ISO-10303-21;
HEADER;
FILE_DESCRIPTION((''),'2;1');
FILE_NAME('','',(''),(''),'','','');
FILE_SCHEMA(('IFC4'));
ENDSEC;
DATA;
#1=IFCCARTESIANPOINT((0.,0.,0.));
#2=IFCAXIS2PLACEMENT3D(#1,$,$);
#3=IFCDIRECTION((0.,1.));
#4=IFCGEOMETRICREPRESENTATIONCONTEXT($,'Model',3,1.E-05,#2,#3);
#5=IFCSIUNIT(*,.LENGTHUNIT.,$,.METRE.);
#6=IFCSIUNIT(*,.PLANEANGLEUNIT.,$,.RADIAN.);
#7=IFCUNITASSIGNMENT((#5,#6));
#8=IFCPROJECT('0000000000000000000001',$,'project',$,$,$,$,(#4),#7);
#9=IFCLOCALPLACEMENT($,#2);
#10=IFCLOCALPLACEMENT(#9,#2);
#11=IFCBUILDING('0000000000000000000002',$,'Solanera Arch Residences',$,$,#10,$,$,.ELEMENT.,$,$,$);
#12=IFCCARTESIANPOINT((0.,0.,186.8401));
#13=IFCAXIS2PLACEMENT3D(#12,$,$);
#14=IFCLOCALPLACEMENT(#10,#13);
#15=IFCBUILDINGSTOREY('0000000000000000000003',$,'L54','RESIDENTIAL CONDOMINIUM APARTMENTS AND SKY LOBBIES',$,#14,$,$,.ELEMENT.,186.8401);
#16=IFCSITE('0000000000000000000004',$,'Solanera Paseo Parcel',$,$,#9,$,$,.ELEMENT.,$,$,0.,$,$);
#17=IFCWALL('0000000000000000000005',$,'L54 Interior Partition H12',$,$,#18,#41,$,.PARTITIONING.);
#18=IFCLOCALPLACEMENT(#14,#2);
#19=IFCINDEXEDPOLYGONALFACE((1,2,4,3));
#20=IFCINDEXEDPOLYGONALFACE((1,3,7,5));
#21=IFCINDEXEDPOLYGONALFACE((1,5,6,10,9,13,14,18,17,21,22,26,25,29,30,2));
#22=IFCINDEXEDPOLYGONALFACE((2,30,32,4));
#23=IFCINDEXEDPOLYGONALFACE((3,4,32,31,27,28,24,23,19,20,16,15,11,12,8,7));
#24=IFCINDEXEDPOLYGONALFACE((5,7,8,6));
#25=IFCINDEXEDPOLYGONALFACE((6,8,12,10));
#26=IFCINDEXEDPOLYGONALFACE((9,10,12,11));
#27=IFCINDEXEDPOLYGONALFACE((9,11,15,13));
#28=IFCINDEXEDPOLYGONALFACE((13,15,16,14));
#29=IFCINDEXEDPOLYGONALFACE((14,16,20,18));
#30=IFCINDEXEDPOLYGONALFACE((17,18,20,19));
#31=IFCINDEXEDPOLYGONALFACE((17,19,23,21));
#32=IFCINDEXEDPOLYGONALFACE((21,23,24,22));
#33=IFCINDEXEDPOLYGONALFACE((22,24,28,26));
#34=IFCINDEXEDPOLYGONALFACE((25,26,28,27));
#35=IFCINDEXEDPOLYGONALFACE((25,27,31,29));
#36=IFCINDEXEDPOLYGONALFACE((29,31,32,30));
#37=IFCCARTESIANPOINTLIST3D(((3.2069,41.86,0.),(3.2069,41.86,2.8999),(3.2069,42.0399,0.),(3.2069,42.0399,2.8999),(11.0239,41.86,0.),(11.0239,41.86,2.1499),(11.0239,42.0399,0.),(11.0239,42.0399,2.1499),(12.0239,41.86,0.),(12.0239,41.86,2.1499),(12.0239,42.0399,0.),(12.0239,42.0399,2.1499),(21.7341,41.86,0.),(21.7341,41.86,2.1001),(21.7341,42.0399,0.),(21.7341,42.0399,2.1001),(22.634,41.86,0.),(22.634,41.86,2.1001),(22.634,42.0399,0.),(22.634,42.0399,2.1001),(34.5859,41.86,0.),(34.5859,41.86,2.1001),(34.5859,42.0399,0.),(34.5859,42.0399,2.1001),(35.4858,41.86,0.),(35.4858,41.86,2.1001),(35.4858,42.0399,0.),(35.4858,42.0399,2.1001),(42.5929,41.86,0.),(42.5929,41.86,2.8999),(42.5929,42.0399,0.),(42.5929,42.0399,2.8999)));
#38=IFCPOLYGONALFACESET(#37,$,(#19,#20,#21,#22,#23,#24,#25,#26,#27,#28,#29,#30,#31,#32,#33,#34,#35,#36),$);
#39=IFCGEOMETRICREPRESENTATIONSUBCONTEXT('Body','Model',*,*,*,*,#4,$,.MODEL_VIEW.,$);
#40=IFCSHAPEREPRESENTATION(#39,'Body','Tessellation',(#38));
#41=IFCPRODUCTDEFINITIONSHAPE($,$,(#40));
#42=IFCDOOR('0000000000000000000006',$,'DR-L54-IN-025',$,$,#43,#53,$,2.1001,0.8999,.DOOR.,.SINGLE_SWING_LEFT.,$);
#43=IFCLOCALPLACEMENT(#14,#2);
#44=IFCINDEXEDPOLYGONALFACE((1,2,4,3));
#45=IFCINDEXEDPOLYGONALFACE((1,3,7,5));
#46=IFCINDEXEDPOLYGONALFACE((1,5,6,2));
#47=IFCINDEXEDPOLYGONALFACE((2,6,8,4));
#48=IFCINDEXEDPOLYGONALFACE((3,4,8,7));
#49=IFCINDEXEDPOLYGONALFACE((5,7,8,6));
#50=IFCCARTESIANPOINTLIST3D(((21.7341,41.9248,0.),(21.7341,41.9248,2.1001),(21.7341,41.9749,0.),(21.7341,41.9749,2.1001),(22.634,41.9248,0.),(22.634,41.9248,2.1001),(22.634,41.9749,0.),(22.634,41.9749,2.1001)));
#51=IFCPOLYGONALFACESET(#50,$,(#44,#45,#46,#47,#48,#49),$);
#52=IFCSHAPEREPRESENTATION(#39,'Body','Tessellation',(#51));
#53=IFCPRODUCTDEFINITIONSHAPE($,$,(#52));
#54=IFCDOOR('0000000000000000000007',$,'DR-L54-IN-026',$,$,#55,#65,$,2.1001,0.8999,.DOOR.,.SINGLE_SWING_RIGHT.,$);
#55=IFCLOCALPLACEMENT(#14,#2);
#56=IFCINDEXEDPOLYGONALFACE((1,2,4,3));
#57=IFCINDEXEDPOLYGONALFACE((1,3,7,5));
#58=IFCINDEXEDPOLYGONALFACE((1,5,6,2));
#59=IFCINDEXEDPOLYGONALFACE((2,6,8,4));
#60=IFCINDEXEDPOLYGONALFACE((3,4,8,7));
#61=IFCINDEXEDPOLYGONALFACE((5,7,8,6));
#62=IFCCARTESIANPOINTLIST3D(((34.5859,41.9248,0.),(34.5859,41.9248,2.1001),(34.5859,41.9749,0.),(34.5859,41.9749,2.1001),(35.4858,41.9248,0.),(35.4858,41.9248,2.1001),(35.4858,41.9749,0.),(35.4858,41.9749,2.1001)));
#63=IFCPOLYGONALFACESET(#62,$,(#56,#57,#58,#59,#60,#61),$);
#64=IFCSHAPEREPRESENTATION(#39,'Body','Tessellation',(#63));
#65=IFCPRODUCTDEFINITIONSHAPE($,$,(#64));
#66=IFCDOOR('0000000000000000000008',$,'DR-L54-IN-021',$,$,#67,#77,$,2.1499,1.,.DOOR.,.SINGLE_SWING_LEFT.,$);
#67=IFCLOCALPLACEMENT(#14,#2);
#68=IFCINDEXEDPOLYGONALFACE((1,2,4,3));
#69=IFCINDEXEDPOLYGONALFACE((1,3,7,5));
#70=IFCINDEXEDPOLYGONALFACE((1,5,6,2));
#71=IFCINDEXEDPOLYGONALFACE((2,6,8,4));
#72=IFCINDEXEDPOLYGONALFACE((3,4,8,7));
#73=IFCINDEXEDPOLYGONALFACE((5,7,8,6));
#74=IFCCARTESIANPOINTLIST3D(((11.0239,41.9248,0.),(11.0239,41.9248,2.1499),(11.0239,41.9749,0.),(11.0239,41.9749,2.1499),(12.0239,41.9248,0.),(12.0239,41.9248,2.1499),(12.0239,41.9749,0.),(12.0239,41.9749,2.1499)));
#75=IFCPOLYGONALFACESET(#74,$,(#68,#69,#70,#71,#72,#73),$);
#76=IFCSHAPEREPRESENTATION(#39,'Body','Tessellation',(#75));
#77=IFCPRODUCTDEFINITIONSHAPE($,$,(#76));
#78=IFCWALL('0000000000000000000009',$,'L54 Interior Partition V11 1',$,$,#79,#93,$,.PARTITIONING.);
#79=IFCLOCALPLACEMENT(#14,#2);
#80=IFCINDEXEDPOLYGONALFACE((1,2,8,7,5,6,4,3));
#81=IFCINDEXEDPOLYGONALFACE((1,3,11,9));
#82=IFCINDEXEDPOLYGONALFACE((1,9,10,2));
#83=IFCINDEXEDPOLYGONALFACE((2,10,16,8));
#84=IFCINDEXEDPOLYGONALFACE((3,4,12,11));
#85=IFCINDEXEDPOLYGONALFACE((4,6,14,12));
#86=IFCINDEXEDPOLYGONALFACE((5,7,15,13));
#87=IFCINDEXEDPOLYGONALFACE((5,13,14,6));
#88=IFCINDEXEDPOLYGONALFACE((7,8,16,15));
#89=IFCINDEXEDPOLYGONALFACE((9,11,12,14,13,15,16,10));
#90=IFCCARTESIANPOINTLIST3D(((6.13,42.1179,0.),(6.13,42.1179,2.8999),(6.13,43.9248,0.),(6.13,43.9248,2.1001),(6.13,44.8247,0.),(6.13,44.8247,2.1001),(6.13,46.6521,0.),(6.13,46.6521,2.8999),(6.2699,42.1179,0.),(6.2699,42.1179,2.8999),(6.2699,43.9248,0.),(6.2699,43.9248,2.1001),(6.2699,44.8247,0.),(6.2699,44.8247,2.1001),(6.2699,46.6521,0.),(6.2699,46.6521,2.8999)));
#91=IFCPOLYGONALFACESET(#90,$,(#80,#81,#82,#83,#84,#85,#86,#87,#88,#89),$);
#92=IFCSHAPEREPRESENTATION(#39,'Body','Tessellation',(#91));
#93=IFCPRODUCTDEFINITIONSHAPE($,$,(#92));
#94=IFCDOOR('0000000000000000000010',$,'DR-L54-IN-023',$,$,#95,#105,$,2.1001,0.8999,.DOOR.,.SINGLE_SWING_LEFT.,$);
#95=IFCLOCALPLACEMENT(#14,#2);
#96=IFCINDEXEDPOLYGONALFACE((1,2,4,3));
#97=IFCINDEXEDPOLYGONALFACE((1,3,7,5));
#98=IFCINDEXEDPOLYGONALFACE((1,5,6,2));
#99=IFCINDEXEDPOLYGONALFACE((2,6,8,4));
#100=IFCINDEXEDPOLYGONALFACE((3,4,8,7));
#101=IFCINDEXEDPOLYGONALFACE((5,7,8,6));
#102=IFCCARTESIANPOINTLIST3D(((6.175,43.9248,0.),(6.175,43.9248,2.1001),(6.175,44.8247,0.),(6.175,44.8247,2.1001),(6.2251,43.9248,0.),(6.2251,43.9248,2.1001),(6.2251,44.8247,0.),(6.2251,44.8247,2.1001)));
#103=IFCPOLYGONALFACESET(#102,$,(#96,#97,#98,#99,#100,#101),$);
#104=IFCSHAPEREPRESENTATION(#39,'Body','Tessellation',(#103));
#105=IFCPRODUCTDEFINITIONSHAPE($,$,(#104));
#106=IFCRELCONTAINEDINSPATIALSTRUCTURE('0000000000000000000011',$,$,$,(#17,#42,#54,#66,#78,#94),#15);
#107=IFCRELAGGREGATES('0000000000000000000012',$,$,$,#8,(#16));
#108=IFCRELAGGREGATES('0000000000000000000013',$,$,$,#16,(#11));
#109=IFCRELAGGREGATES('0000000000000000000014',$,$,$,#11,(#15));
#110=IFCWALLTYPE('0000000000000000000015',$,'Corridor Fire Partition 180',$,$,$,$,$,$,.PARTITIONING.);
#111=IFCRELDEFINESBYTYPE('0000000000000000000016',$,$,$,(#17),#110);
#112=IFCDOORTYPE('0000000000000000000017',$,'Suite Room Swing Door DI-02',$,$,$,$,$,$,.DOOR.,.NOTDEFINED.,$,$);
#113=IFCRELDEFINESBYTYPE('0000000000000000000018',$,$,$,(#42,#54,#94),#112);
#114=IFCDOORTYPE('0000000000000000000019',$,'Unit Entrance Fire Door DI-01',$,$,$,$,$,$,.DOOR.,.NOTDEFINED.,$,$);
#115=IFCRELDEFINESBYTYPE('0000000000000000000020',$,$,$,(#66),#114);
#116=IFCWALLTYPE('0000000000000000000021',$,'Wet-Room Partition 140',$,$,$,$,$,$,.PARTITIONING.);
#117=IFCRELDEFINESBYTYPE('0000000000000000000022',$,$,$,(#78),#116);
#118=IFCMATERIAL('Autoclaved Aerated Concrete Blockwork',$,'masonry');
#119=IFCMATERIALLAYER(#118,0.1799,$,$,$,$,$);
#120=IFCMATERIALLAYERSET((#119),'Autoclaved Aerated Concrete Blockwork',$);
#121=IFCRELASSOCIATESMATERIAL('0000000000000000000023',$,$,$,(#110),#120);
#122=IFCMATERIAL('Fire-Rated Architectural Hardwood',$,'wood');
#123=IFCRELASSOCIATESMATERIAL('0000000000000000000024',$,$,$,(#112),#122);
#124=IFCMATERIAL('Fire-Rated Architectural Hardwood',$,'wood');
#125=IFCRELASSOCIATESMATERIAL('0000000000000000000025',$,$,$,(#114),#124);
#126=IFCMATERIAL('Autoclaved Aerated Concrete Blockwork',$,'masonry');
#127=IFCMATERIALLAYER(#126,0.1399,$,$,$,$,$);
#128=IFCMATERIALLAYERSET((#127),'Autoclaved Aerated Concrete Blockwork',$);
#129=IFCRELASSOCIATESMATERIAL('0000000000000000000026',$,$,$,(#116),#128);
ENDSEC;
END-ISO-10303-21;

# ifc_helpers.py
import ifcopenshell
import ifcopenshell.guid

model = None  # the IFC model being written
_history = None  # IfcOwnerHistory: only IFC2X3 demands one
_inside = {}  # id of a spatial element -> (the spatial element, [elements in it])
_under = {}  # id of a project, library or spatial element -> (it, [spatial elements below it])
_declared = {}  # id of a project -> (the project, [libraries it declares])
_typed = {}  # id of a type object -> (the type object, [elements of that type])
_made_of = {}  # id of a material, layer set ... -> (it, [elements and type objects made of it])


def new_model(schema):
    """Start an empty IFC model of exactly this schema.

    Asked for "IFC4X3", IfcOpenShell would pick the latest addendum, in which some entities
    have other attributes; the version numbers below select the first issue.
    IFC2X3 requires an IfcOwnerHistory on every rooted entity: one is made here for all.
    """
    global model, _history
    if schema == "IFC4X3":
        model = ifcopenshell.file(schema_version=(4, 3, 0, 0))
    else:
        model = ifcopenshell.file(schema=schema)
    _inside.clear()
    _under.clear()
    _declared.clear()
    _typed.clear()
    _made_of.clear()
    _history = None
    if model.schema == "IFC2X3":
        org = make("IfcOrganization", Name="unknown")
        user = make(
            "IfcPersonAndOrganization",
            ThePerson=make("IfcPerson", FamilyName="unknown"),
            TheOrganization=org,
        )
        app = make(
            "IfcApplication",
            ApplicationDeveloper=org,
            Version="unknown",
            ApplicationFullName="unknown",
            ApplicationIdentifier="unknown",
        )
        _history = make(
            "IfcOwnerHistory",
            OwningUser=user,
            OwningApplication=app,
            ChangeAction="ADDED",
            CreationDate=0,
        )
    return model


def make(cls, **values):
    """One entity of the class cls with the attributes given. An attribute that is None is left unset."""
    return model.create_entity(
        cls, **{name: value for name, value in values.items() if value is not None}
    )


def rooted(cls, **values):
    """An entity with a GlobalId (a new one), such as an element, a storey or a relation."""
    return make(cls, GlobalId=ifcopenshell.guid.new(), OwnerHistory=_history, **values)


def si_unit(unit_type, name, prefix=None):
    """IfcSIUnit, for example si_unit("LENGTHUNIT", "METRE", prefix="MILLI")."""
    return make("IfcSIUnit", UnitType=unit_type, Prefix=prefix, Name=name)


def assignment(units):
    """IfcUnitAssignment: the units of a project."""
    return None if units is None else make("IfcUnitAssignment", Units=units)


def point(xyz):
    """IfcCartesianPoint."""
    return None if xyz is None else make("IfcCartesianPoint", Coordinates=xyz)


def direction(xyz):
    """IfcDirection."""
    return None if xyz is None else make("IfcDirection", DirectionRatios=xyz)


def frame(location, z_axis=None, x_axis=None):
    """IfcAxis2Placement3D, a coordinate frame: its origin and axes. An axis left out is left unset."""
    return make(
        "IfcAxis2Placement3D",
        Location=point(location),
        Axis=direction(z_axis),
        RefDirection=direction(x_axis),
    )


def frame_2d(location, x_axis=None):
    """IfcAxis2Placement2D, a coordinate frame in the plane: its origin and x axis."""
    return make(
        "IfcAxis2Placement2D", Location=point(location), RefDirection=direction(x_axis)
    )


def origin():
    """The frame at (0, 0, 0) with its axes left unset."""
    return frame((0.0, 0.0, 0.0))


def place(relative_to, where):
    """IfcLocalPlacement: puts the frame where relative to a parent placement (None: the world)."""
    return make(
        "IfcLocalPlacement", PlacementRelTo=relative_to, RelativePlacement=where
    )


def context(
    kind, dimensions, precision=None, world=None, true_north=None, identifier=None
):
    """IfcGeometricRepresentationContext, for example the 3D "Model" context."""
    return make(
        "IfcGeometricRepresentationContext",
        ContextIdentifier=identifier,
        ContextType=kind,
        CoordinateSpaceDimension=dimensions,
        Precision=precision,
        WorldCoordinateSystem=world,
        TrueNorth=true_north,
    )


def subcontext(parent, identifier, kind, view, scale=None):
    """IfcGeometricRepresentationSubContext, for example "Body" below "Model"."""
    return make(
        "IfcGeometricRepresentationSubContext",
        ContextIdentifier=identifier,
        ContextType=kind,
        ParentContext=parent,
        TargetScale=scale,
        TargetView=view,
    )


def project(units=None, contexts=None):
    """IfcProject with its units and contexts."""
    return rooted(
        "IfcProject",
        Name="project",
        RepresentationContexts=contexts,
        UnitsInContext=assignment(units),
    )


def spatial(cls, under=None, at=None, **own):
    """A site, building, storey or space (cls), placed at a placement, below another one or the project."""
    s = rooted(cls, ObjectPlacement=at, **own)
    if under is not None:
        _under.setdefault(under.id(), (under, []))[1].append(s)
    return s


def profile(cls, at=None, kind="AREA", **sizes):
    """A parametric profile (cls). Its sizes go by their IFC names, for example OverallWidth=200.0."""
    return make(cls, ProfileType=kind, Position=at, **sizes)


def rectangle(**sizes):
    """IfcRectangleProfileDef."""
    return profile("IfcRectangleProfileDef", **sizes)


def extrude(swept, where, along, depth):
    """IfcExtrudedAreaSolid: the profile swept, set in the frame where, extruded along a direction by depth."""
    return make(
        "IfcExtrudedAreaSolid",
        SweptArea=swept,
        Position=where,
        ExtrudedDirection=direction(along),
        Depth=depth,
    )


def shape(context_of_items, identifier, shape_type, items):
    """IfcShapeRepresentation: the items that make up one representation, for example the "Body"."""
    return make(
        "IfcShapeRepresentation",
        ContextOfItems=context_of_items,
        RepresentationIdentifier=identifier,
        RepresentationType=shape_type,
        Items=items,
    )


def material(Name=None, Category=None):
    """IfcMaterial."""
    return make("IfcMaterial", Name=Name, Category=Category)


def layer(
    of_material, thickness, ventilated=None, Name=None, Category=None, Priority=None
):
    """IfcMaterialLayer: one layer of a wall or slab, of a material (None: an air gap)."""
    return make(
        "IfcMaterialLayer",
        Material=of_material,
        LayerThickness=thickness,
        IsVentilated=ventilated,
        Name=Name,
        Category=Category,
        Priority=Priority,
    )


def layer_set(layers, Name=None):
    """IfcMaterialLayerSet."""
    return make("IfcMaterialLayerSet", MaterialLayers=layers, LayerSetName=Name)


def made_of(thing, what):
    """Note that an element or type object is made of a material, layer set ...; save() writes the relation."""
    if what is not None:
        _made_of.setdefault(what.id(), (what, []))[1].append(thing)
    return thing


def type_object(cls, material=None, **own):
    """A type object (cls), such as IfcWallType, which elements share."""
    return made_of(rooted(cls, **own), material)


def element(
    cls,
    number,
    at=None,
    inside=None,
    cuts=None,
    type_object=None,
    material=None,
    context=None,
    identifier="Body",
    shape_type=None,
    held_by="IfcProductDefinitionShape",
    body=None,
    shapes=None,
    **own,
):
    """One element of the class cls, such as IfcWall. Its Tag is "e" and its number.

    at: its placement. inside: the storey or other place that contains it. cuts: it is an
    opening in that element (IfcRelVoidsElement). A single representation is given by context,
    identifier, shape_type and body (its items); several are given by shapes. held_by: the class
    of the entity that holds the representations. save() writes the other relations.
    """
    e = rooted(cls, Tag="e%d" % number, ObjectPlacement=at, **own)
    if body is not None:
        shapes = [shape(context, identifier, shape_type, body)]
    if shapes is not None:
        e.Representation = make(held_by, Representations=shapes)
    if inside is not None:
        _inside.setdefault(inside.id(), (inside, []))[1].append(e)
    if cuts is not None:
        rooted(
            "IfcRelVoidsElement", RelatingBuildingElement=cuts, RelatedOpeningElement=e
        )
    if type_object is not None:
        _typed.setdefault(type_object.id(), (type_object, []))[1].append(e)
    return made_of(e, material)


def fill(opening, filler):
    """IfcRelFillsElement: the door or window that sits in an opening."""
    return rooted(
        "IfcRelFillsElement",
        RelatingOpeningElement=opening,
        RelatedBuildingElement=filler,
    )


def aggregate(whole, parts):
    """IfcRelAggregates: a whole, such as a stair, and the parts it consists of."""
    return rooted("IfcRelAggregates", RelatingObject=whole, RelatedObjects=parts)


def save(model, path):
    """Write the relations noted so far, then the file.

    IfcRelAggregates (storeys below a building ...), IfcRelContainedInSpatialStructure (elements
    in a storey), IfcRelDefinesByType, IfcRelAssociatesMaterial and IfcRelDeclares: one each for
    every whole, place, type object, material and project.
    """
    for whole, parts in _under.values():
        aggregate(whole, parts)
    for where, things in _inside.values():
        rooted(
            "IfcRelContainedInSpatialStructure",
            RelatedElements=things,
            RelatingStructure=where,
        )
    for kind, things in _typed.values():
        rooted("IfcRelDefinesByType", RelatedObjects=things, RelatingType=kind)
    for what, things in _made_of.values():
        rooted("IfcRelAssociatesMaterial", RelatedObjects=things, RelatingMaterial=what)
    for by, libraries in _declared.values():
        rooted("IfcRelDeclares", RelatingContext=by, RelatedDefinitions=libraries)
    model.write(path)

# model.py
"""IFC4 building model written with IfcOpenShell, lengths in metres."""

from ifc_helpers import new_model, si_unit, direction, frame, frame_2d, origin, place, context, subcontext, project, spatial, rectangle, extrude, material, layer, layer_set, type_object, element, fill, save


model = new_model("IFC4")

# Units and contexts
model_context = context("Model", 3, precision=1e-05, world=origin(), true_north=direction((0.0, 1.0)))
body_context = subcontext(model_context, "Body", "Model", "MODEL_VIEW")
ifc_project = project(units=[si_unit("LENGTHUNIT", "METRE"), si_unit("PLANEANGLEUNIT", "RADIAN")], contexts=[model_context])

# Site, building, storey
site_placement = place(None, origin())
site = spatial("IfcSite", under=ifc_project, at=site_placement, Name="Solanera Paseo Parcel", CompositionType="ELEMENT", RefElevation=0.0)
building_placement = place(site_placement, origin())
building = spatial("IfcBuilding", under=site, at=building_placement, Name="Solanera Arch Residences", CompositionType="ELEMENT")
storey_placement = place(building_placement, frame((0.0, 0.0, 186.8401)))
storey = spatial("IfcBuildingStorey", under=building, at=storey_placement, Name="L54", Description="RESIDENTIAL CONDOMINIUM APARTMENTS AND SKY LOBBIES", CompositionType="ELEMENT", Elevation=186.8401)

# Wall, openings, doors
ifc_material_1 = material(Name="Autoclaved Aerated Concrete Blockwork", Category="masonry")
ifc_layer_1 = layer(ifc_material_1, 0.1799)
ifc_layer_set_1 = layer_set([ifc_layer_1], Name="Autoclaved Aerated Concrete Blockwork")
wall_type_1 = type_object("IfcWallType", Name="Corridor Fire Partition 180", PredefinedType="PARTITIONING", material=ifc_layer_set_1)
ifc_material_2 = material(Name="Fire-Rated Architectural Hardwood", Category="wood")
door_type_1 = type_object("IfcDoorType", Name="Suite Room Swing Door DI-02", OperationType="NOTDEFINED", PredefinedType="DOOR", material=ifc_material_2)
wall_1_placement = place(storey_placement, frame((3.207, 41.95, 0.0), z_axis=(0.0, 0.0, 1.0), x_axis=(1.0, 0.0, 0.0)))
wall_1 = element("IfcWall", 1, at=wall_1_placement, inside=storey, type_object=wall_type_1, Name="L54 Interior Partition H12", PredefinedType="PARTITIONING", context=body_context, shape_type="SweptSolid", body=[
    extrude(rectangle(XDim=39.386, YDim=0.1799, at=frame_2d((19.6929, 0.0))), origin(), (0.0, 0.0, 1.0), 2.8999),
])
opening_1_placement = place(wall_1_placement, frame((7.8169, 0.0, 0.0)))
opening_1 = element("IfcOpeningElement", 2, at=opening_1_placement, cuts=wall_1, PredefinedType="OPENING", context=body_context, shape_type="SweptSolid", body=[
    extrude(rectangle(XDim=1.0, YDim=2.1499, at=frame_2d((0.5, 1.075))), frame((0.0, 0.1001, 0.0), z_axis=(0.0, -1.0, 0.0), x_axis=(1.0, 0.0, 0.0)), (0.0, 0.0, 1.0), 0.1999),
])
opening_2_placement = place(wall_1_placement, frame((18.5271, 0.0, 0.0)))
opening_2 = element("IfcOpeningElement", 3, at=opening_2_placement, cuts=wall_1, PredefinedType="OPENING", context=body_context, shape_type="SweptSolid", body=[
    extrude(rectangle(XDim=0.8999, YDim=2.1001, at=frame_2d((0.45, 1.05))), frame((0.0, 0.1001, 0.0), z_axis=(0.0, -1.0, 0.0), x_axis=(1.0, 0.0, 0.0)), (0.0, 0.0, 1.0), 0.1999),
])
opening_3_placement = place(wall_1_placement, frame((31.3789, 0.0, 0.0)))
opening_3 = element("IfcOpeningElement", 4, at=opening_3_placement, cuts=wall_1, PredefinedType="OPENING", context=body_context, shape_type="SweptSolid", body=[
    extrude(rectangle(XDim=0.8999, YDim=2.1001, at=frame_2d((0.45, 1.05))), frame((0.0, 0.1001, 0.0), z_axis=(0.0, -1.0, 0.0), x_axis=(1.0, 0.0, 0.0)), (0.0, 0.0, 1.0), 0.1999),
])
door_1_placement = place(opening_2_placement, origin())
door_1 = element("IfcDoor", 5, at=door_1_placement, inside=storey, type_object=door_type_1, Name="DR-L54-IN-025", OperationType="SINGLE_SWING_LEFT", OverallHeight=2.1001, OverallWidth=0.8999, PredefinedType="DOOR", context=body_context, shape_type="SweptSolid", body=[
    extrude(rectangle(XDim=0.8999, YDim=2.1001, at=frame_2d((0.45, 1.05))), frame((0.0, 0.0249, 0.0), z_axis=(0.0, -1.0, 0.0), x_axis=(1.0, 0.0, 0.0)), (0.0, 0.0, 1.0), 0.05),
])
fill(opening_2, door_1)
door_2_placement = place(opening_3_placement, origin())
door_2 = element("IfcDoor", 6, at=door_2_placement, inside=storey, type_object=door_type_1, Name="DR-L54-IN-026", OperationType="SINGLE_SWING_RIGHT", OverallHeight=2.1001, OverallWidth=0.8999, PredefinedType="DOOR", context=body_context, shape_type="SweptSolid", body=[
    extrude(rectangle(XDim=0.8999, YDim=2.1001, at=frame_2d((0.45, 1.05))), frame((0.0, 0.0249, 0.0), z_axis=(0.0, -1.0, 0.0), x_axis=(1.0, 0.0, 0.0)), (0.0, 0.0, 1.0), 0.05),
])
fill(opening_3, door_2)
ifc_material_3 = material(Name="Fire-Rated Architectural Hardwood", Category="wood")
door_type_2 = type_object("IfcDoorType", Name="Unit Entrance Fire Door DI-01", OperationType="NOTDEFINED", PredefinedType="DOOR", material=ifc_material_3)
door_3_placement = place(opening_1_placement, origin())
door_3 = element("IfcDoor", 7, at=door_3_placement, inside=storey, type_object=door_type_2, Name="DR-L54-IN-021", OperationType="SINGLE_SWING_LEFT", OverallHeight=2.1499, OverallWidth=1.0, PredefinedType="DOOR", context=body_context, shape_type="SweptSolid", body=[
    extrude(rectangle(XDim=1.0, YDim=2.1499, at=frame_2d((0.5, 1.075))), frame((0.0, 0.0249, 0.0), z_axis=(0.0, -1.0, 0.0), x_axis=(1.0, 0.0, 0.0)), (0.0, 0.0, 1.0), 0.05),
])
fill(opening_1, door_3)

# Wall, opening, door
ifc_material_4 = material(Name="Autoclaved Aerated Concrete Blockwork", Category="masonry")
ifc_layer_2 = layer(ifc_material_4, 0.1399)
ifc_layer_set_2 = layer_set([ifc_layer_2], Name="Autoclaved Aerated Concrete Blockwork")
wall_type_2 = type_object("IfcWallType", Name="Wet-Room Partition 140", PredefinedType="PARTITIONING", material=ifc_layer_set_2)
wall_2_placement = place(storey_placement, frame((6.2, 42.1179, 0.0), z_axis=(0.0, 0.0, 1.0), x_axis=(0.0, 1.0, 0.0)))
wall_2 = element("IfcWall", 8, at=wall_2_placement, inside=storey, type_object=wall_type_2, Name="L54 Interior Partition V11 1", PredefinedType="PARTITIONING", context=body_context, shape_type="SweptSolid", body=[
    extrude(rectangle(XDim=4.5342, YDim=0.1399, at=frame_2d((2.2671, 0.0))), origin(), (0.0, 0.0, 1.0), 2.8999),
])
opening_4_placement = place(wall_2_placement, frame((1.8069, 0.0, 0.0)))
opening_4 = element("IfcOpeningElement", 9, at=opening_4_placement, cuts=wall_2, PredefinedType="OPENING", context=body_context, shape_type="SweptSolid", body=[
    extrude(rectangle(XDim=0.8999, YDim=2.1001, at=frame_2d((0.45, 1.05))), frame((0.0, 0.0798, 0.0), z_axis=(0.0, -1.0, 0.0), x_axis=(1.0, 0.0, 0.0)), (0.0, 0.0, 1.0), 0.1599),
])
door_4_placement = place(opening_4_placement, origin())
door_4 = element("IfcDoor", 10, at=door_4_placement, inside=storey, type_object=door_type_1, Name="DR-L54-IN-023", OperationType="SINGLE_SWING_LEFT", OverallHeight=2.1001, OverallWidth=0.8999, PredefinedType="DOOR", context=body_context, shape_type="SweptSolid", body=[
    extrude(rectangle(XDim=0.8999, YDim=2.1001, at=frame_2d((0.45, 1.05))), frame((0.0, 0.0249, 0.0), z_axis=(0.0, -1.0, 0.0), x_axis=(1.0, 0.0, 0.0)), (0.0, 0.0, 1.0), 0.05),
])
fill(opening_4, door_4)

save(model, "model.ifc")
